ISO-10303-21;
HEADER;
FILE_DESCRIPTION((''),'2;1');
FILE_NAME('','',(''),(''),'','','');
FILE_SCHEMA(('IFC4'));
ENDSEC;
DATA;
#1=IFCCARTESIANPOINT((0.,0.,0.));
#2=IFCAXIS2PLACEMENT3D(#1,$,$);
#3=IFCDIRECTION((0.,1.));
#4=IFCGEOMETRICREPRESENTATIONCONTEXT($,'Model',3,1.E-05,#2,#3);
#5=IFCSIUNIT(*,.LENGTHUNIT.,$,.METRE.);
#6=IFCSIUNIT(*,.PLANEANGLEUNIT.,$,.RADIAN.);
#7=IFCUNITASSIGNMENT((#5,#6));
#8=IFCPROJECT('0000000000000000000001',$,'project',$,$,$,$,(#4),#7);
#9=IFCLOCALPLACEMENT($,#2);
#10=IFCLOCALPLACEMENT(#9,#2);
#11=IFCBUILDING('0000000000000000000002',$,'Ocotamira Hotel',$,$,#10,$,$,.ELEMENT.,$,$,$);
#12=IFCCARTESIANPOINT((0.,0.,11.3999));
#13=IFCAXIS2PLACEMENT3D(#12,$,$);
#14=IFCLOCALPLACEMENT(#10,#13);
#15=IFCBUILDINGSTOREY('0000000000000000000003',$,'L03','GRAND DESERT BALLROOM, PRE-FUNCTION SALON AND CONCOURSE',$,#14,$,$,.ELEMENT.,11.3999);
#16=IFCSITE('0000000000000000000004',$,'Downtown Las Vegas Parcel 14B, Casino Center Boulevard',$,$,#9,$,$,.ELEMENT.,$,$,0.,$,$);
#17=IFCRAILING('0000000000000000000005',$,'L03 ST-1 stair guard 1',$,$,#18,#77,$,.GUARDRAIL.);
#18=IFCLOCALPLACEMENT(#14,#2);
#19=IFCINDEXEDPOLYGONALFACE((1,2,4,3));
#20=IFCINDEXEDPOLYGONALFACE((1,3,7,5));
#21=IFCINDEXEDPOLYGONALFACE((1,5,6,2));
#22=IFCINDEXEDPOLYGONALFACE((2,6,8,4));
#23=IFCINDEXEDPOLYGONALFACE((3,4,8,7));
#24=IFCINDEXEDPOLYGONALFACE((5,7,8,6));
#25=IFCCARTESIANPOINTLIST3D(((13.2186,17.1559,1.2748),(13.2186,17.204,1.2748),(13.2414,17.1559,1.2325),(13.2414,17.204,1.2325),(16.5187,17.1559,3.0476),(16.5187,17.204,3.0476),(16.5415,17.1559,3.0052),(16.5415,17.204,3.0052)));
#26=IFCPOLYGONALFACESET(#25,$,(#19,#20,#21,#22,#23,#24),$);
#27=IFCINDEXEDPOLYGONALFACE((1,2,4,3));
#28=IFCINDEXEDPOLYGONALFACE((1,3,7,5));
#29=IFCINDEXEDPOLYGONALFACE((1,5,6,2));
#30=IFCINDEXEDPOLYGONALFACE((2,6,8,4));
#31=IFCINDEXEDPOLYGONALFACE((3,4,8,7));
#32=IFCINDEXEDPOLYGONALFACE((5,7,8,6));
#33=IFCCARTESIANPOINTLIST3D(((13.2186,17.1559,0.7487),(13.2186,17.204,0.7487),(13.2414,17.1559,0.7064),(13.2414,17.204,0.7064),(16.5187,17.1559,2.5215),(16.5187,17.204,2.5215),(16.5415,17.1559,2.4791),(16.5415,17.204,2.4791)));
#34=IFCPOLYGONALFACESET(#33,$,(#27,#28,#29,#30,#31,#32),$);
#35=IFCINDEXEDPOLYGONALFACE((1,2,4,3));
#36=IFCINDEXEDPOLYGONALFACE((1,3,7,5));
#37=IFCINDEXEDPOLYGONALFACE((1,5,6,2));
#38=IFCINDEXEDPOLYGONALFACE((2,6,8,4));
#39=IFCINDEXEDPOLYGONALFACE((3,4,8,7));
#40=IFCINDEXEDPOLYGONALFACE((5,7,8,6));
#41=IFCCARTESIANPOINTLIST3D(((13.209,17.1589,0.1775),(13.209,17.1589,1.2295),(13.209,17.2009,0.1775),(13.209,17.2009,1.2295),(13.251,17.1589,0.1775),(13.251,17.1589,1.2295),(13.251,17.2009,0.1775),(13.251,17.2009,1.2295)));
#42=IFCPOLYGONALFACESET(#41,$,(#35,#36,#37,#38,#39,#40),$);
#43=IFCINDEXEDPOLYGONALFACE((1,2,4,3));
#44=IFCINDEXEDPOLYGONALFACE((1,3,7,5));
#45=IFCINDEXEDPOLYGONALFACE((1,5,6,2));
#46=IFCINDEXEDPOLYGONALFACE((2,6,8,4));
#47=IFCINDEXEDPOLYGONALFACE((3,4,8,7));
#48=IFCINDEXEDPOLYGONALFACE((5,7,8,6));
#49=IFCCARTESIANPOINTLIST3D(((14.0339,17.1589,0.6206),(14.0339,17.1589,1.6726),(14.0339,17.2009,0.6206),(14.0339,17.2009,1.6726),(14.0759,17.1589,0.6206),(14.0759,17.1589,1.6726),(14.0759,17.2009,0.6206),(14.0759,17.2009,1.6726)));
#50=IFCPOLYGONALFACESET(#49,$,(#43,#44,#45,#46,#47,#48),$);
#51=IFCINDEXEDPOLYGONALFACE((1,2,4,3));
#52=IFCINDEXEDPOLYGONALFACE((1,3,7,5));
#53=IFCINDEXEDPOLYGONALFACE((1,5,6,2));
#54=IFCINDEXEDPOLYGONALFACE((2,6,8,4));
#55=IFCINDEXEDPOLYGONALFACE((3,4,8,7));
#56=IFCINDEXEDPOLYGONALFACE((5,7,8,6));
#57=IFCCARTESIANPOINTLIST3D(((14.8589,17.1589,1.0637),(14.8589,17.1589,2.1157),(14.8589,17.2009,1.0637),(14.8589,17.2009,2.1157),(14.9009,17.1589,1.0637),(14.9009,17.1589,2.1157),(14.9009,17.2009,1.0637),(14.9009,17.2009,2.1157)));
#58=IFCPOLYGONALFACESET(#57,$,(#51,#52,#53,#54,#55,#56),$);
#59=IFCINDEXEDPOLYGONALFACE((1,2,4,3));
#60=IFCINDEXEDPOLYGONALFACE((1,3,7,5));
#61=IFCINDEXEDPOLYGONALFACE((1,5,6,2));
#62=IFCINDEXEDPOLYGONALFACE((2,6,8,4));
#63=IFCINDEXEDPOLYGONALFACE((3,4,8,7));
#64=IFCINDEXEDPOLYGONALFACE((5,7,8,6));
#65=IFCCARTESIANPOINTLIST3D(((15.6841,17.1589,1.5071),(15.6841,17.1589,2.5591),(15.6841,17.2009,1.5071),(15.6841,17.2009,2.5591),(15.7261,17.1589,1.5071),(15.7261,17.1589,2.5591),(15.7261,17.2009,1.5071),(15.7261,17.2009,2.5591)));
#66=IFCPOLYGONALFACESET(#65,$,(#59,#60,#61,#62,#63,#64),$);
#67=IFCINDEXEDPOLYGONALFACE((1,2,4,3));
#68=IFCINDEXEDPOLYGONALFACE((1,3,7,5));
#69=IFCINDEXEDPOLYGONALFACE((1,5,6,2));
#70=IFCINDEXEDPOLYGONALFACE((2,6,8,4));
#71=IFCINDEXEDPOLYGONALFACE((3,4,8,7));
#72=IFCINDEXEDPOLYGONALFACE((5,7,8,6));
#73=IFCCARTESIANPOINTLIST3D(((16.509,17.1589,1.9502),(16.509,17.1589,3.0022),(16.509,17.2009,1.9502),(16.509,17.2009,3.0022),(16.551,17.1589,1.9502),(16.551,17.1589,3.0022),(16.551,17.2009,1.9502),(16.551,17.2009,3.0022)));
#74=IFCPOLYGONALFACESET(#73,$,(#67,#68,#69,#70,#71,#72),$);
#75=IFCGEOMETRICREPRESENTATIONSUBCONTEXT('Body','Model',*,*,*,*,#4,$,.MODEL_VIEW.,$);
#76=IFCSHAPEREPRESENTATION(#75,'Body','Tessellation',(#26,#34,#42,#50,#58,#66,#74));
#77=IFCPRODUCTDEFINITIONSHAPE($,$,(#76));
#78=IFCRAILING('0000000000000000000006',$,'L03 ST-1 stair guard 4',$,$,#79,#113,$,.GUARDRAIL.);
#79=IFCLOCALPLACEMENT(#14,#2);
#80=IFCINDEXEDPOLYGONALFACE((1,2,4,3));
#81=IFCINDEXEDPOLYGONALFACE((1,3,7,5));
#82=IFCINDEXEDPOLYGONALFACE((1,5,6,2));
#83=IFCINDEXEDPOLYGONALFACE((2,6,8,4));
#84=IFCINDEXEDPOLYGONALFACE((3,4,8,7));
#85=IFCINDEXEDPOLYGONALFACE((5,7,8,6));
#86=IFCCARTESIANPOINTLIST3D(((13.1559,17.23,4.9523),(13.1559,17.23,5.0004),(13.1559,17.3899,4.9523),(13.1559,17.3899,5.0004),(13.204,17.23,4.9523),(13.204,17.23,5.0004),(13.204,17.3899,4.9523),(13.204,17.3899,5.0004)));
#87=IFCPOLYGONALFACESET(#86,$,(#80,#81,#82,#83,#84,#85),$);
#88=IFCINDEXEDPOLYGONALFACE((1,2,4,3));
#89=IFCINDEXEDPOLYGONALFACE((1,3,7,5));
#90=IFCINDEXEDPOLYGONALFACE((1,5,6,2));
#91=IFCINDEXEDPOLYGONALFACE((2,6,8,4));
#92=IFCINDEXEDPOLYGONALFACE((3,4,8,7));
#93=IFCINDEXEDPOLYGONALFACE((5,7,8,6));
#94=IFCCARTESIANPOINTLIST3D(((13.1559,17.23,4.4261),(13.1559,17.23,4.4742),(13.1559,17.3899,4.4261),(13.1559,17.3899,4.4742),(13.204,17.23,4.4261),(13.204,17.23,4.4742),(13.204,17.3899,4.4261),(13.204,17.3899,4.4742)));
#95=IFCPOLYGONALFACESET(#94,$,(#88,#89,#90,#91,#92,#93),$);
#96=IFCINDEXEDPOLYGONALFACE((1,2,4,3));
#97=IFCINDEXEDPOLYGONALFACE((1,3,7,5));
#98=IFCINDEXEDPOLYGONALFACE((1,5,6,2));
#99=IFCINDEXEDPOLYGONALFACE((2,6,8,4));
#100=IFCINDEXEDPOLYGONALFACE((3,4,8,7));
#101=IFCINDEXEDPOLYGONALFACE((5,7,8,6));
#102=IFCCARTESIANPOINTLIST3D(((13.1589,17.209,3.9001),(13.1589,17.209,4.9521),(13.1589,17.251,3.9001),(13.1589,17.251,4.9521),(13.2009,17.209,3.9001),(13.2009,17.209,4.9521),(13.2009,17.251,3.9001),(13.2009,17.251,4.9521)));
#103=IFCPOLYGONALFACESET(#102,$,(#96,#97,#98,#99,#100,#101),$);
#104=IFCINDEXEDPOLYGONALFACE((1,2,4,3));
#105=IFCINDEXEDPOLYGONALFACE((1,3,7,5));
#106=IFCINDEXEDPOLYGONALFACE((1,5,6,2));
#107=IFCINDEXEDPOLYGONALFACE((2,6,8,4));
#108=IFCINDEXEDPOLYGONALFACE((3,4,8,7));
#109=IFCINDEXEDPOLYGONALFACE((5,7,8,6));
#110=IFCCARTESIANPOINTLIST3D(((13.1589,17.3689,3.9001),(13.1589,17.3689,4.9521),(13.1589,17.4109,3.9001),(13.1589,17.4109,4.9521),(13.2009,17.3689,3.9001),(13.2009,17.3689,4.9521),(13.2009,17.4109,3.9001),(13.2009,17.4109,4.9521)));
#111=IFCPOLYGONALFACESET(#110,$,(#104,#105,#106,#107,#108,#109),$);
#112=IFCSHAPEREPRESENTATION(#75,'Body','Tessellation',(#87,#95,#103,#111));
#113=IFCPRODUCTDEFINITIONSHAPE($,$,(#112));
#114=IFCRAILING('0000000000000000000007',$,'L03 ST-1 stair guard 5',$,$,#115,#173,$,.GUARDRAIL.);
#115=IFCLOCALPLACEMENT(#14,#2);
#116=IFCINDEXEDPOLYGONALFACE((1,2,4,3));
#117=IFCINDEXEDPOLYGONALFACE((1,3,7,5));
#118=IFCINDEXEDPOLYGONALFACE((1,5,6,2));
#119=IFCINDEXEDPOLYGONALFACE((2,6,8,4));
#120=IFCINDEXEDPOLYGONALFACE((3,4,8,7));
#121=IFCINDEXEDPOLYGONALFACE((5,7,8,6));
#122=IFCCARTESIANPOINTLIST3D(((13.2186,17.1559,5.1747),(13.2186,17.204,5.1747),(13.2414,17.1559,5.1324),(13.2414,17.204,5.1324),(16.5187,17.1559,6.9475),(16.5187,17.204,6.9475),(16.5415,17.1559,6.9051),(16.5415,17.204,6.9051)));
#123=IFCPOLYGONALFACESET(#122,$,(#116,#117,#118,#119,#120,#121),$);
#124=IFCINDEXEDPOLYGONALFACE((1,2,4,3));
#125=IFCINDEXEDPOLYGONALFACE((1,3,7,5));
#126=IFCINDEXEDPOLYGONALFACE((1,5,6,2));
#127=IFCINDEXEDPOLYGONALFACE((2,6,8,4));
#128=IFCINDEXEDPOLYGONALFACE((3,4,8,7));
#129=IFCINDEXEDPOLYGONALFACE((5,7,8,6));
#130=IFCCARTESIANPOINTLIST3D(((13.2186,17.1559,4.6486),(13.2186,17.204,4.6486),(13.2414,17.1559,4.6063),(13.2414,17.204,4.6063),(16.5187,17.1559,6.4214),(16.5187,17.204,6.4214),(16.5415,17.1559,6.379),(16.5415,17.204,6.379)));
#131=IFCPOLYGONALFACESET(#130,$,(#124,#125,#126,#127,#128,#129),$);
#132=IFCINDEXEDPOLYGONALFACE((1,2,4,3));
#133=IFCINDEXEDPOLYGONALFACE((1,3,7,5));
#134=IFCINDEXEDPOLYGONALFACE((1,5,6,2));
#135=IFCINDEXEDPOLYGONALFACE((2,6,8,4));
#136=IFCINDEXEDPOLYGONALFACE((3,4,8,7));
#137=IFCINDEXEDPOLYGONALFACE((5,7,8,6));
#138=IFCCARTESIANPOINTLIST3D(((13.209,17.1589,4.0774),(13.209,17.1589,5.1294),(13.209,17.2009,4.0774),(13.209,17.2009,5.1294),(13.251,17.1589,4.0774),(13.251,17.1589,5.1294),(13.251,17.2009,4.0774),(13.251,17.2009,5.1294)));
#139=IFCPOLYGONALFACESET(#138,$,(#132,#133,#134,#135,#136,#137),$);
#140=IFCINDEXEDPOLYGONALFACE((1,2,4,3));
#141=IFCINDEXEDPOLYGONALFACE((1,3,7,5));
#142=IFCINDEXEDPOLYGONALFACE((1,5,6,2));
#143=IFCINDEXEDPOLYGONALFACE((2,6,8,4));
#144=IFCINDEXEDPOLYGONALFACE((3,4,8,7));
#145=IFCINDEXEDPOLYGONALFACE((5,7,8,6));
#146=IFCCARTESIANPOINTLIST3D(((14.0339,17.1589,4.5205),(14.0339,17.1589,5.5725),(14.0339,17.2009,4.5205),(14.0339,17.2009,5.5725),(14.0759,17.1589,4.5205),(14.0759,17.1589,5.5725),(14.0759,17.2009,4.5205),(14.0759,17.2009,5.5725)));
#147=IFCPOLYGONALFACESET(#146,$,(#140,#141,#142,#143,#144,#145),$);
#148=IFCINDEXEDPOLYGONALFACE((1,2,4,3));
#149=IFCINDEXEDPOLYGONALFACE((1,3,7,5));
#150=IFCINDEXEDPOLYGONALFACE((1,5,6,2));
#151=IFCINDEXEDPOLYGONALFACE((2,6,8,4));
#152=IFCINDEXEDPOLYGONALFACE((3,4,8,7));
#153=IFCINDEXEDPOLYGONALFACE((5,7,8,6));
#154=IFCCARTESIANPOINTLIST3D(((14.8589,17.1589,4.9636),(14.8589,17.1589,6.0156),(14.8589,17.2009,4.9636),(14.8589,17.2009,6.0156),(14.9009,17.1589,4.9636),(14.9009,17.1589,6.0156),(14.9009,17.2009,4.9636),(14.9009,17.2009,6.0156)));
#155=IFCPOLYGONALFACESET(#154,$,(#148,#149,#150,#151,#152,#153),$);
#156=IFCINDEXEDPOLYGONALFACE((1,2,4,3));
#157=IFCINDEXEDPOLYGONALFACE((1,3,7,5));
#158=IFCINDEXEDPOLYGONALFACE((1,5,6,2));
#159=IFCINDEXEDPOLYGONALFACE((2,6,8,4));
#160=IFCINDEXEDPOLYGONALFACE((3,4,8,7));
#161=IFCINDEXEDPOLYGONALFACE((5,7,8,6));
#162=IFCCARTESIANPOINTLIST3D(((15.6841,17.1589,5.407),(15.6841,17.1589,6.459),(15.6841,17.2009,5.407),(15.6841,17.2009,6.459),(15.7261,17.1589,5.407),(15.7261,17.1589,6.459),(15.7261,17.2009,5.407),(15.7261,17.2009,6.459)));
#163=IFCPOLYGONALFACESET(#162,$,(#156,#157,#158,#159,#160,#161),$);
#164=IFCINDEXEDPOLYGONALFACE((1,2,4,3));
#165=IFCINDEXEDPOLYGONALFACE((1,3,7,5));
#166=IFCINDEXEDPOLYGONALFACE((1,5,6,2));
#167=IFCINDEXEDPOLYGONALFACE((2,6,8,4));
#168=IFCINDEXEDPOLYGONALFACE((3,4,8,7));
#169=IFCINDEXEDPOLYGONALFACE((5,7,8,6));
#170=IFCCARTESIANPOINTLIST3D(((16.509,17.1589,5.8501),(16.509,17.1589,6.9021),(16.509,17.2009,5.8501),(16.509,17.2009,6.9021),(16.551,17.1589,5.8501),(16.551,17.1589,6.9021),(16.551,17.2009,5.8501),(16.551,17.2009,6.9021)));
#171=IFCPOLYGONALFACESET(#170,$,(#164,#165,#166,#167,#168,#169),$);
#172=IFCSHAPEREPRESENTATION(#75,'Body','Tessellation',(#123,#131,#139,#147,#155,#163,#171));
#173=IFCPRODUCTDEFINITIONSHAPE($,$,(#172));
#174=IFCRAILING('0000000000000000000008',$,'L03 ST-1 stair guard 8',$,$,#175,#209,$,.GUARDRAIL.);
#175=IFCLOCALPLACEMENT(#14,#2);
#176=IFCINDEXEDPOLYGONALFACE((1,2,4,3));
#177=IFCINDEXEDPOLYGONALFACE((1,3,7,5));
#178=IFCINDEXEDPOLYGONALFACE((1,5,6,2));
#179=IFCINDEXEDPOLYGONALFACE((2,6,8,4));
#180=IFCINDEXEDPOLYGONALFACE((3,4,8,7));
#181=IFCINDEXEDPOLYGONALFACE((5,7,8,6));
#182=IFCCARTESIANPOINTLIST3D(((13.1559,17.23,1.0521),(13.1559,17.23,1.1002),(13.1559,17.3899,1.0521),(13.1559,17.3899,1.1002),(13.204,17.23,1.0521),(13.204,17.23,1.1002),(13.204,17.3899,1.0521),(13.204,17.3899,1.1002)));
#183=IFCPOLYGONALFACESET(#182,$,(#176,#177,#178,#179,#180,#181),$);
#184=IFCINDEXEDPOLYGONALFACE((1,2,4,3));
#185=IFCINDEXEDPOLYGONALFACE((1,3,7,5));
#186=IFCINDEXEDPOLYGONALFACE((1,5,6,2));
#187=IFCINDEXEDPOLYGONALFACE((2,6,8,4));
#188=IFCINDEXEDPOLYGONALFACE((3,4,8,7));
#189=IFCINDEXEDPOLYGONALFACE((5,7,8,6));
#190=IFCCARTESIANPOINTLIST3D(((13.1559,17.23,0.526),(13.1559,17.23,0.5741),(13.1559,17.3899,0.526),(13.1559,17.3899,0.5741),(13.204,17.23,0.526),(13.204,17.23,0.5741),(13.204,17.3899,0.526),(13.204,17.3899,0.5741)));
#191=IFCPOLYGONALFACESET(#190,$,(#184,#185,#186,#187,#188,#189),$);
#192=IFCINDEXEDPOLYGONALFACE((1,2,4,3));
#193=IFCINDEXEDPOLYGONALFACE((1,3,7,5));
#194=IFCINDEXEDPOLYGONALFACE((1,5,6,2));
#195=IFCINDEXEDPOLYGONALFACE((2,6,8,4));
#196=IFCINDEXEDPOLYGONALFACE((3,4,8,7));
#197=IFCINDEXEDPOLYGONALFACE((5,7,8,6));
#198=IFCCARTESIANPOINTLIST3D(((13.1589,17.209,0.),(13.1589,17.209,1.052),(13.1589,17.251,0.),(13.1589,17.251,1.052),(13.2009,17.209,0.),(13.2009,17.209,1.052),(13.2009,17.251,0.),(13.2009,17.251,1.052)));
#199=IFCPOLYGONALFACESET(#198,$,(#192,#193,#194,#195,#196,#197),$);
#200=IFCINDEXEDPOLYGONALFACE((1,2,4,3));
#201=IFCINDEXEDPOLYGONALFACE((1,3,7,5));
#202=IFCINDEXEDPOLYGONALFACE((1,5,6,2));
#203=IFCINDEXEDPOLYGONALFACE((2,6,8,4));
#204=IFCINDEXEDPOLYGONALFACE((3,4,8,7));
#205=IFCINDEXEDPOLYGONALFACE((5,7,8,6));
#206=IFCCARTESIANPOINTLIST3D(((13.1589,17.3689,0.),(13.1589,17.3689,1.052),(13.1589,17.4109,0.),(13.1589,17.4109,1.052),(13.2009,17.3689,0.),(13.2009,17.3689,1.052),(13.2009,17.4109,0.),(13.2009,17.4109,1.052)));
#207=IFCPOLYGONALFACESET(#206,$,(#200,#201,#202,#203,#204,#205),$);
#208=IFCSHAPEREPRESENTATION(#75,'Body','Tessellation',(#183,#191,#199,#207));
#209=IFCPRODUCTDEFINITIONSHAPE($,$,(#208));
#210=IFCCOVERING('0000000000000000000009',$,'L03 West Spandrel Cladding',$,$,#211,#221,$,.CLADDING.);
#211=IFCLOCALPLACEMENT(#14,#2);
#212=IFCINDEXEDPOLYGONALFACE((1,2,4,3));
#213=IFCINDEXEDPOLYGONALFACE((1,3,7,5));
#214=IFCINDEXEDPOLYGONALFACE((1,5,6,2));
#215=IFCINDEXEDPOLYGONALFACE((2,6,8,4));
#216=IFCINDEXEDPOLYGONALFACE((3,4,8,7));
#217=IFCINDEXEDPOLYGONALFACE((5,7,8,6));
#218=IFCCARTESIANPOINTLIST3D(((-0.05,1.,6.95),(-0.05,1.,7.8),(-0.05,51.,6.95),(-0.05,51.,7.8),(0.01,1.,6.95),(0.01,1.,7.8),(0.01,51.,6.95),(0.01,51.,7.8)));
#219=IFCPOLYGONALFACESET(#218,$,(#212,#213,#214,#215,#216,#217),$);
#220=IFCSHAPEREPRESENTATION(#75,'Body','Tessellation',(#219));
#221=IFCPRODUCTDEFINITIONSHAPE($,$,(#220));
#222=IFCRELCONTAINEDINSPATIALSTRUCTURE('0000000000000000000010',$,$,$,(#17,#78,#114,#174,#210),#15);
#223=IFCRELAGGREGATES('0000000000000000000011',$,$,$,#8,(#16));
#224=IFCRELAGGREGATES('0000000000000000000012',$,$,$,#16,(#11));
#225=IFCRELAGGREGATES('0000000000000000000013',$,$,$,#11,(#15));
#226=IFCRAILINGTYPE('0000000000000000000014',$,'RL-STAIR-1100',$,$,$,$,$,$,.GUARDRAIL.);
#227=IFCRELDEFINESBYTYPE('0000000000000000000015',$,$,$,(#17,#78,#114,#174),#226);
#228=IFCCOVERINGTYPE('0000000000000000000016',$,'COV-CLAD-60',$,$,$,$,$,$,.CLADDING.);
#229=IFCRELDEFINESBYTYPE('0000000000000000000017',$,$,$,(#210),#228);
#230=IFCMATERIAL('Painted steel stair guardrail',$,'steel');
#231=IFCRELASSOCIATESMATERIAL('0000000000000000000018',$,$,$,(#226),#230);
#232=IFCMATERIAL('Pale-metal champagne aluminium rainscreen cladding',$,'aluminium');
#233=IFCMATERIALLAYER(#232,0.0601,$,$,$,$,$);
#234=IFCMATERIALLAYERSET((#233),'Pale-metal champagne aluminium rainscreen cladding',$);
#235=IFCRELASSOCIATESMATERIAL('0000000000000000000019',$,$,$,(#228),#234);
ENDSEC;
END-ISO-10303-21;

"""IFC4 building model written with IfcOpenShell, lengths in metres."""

from ifc_helpers import new_model, si_unit, direction, frame, origin, origin_2d, place, context, subcontext, project, spatial, rectangle, extrude, source, transform, mapped, material, layer, layer_set, type_object, element, save


model = new_model("IFC4")

# Units and contexts
model_context = context("Model", 3, precision=1e-05, world=origin(), true_north=direction((0.0, 1.0)))
body_context = subcontext(model_context, "Body", "Model", "MODEL_VIEW")
ifc_project = project(units=[si_unit("LENGTHUNIT", "METRE"), si_unit("PLANEANGLEUNIT", "RADIAN")], contexts=[model_context])

# Site, building, storey
site_placement = place(None, origin())
site = spatial("IfcSite", under=ifc_project, at=site_placement, Name="Downtown Las Vegas Parcel 14B, Casino Center Boulevard", CompositionType="ELEMENT", RefElevation=0.0)
building_placement = place(site_placement, origin())
building = spatial("IfcBuilding", under=site, at=building_placement, Name="Ocotamira Hotel", CompositionType="ELEMENT")
storey_placement = place(building_placement, frame((0.0, 0.0, 11.3999)))
storey = spatial("IfcBuildingStorey", under=building, at=storey_placement, Name="L03", Description="GRAND DESERT BALLROOM, PRE-FUNCTION SALON AND CONCOURSE", CompositionType="ELEMENT", Elevation=11.3999)

# Railings
ifc_material_1 = material(Name="Painted steel stair guardrail", Category="steel")
railing_type_1 = type_object("IfcRailingType", Name="RL-STAIR-1100", PredefinedType="GUARDRAIL", material=ifc_material_1)
railing_1_placement = place(storey_placement, frame((13.23, 17.1799, 0.1775)))
element("IfcRailing", 1, at=railing_1_placement, inside=storey, type_object=railing_type_1, Name="L03 ST-1 stair guard 1", PredefinedType="GUARDRAIL", context=body_context, shape_type="SweptSolid", body=[
    extrude(rectangle(XDim=0.0481, YDim=0.0481, at=origin_2d()), frame((0.0, 0.0, 1.0762), z_axis=(0.880944, 0.0, 0.473221), x_axis=(0.0, 1.0, 0.0)), (0.0, 0.0, 1.0), 3.7461),
    extrude(rectangle(XDim=0.0481, YDim=0.0481, at=origin_2d()), frame((0.0, 0.0, 0.55), z_axis=(0.880944, 0.0, 0.473221), x_axis=(0.0, 1.0, 0.0)), (0.0, 0.0, 1.0), 3.7461),
    extrude(rectangle(XDim=0.042, YDim=0.042, at=origin_2d()), origin(), (0.0, 0.0, 1.0), 1.052),
    extrude(rectangle(XDim=0.042, YDim=0.042, at=origin_2d()), frame((0.825, 0.0, 0.4431)), (0.0, 0.0, 1.0), 1.052),
    extrude(rectangle(XDim=0.042, YDim=0.042, at=origin_2d()), frame((1.6499, 0.0, 0.8862)), (0.0, 0.0, 1.0), 1.052),
    extrude(rectangle(XDim=0.042, YDim=0.042, at=origin_2d()), frame((2.4751, 0.0, 1.3296)), (0.0, 0.0, 1.0), 1.052),
    extrude(rectangle(XDim=0.042, YDim=0.042, at=origin_2d()), frame((3.3, 0.0, 1.7727)), (0.0, 0.0, 1.0), 1.052),
])
railing_2_placement = place(storey_placement, frame((13.1799, 17.23, 3.9001)))
element("IfcRailing", 2, at=railing_2_placement, inside=storey, type_object=railing_type_1, Name="L03 ST-1 stair guard 4", PredefinedType="GUARDRAIL", context=body_context, shape_type="SweptSolid", body=[
    extrude(rectangle(XDim=0.0481, YDim=0.0481, at=origin_2d()), frame((0.0, 0.0, 1.0762), z_axis=(0.0, 1.0, 0.0), x_axis=(-1.0, 0.0, 0.0)), (0.0, 0.0, 1.0), 0.1599),
    extrude(rectangle(XDim=0.0481, YDim=0.0481, at=origin_2d()), frame((0.0, 0.0, 0.55), z_axis=(0.0, 1.0, 0.0), x_axis=(-1.0, 0.0, 0.0)), (0.0, 0.0, 1.0), 0.1599),
    extrude(rectangle(XDim=0.042, YDim=0.042, at=origin_2d()), origin(), (0.0, 0.0, 1.0), 1.052),
    extrude(rectangle(XDim=0.042, YDim=0.042, at=origin_2d()), frame((0.0, 0.1599, 0.0)), (0.0, 0.0, 1.0), 1.052),
])
railing_3_placement = place(storey_placement, frame((13.23, 17.1799, 4.0774)))
element("IfcRailing", 3, at=railing_3_placement, inside=storey, type_object=railing_type_1, Name="L03 ST-1 stair guard 5", PredefinedType="GUARDRAIL", context=body_context, shape_type="SweptSolid", body=[
    extrude(rectangle(XDim=0.0481, YDim=0.0481, at=origin_2d()), frame((0.0, 0.0, 1.0762), z_axis=(0.880944, 0.0, 0.473221), x_axis=(0.0, 1.0, 0.0)), (0.0, 0.0, 1.0), 3.7461),
    extrude(rectangle(XDim=0.0481, YDim=0.0481, at=origin_2d()), frame((0.0, 0.0, 0.55), z_axis=(0.880944, 0.0, 0.473221), x_axis=(0.0, 1.0, 0.0)), (0.0, 0.0, 1.0), 3.7461),
    extrude(rectangle(XDim=0.042, YDim=0.042, at=origin_2d()), origin(), (0.0, 0.0, 1.0), 1.052),
    extrude(rectangle(XDim=0.042, YDim=0.042, at=origin_2d()), frame((0.825, 0.0, 0.4431)), (0.0, 0.0, 1.0), 1.052),
    extrude(rectangle(XDim=0.042, YDim=0.042, at=origin_2d()), frame((1.6499, 0.0, 0.8862)), (0.0, 0.0, 1.0), 1.052),
    extrude(rectangle(XDim=0.042, YDim=0.042, at=origin_2d()), frame((2.4751, 0.0, 1.3296)), (0.0, 0.0, 1.0), 1.052),
    extrude(rectangle(XDim=0.042, YDim=0.042, at=origin_2d()), frame((3.3, 0.0, 1.7727)), (0.0, 0.0, 1.0), 1.052),
])
railing_4_placement = place(storey_placement, frame((13.1799, 17.23, 0.0)))
element("IfcRailing", 4, at=railing_4_placement, inside=storey, type_object=railing_type_1, Name="L03 ST-1 stair guard 8", PredefinedType="GUARDRAIL", context=body_context, shape_type="SweptSolid", body=[
    extrude(rectangle(XDim=0.0481, YDim=0.0481, at=origin_2d()), frame((0.0, 0.0, 1.0762), z_axis=(0.0, 1.0, 0.0), x_axis=(-1.0, 0.0, 0.0)), (0.0, 0.0, 1.0), 0.1599),
    extrude(rectangle(XDim=0.0481, YDim=0.0481, at=origin_2d()), frame((0.0, 0.0, 0.55), z_axis=(0.0, 1.0, 0.0), x_axis=(-1.0, 0.0, 0.0)), (0.0, 0.0, 1.0), 0.1599),
    extrude(rectangle(XDim=0.042, YDim=0.042, at=origin_2d()), origin(), (0.0, 0.0, 1.0), 1.052),
    extrude(rectangle(XDim=0.042, YDim=0.042, at=origin_2d()), frame((0.0, 0.1599, 0.0)), (0.0, 0.0, 1.0), 1.052),
])

# Covering
ifc_material_2 = material(Name="Pale-metal champagne aluminium rainscreen cladding", Category="aluminium")
ifc_layer_1 = layer(ifc_material_2, 0.0601)
ifc_layer_set_1 = layer_set([ifc_layer_1], Name="Pale-metal champagne aluminium rainscreen cladding")
covering_type = type_object("IfcCoveringType", Name="COV-CLAD-60", PredefinedType="CLADDING", material=ifc_layer_set_1)
shared_shape_1 = source(origin(), body_context, "Body", "SweptSolid", [
    extrude(rectangle(XDim=0.0601, YDim=50.0, at=origin_2d()), origin(), (0.0, 0.0, 1.0), 0.8501),
])
covering_placement = place(storey_placement, frame((-0.02, 26.0, 6.95), z_axis=(0.0, 0.0, 1.0), x_axis=(1.0, 0.0, 0.0)))
element("IfcCovering", 5, at=covering_placement, inside=storey, type_object=covering_type, Name="L03 West Spandrel Cladding", PredefinedType="CLADDING", context=body_context, shape_type="MappedRepresentation", body=[
    mapped(shared_shape_1, transform((0.0, 0.0, 0.0), scale=1.0)),
])

save(model, "model.ifc")
